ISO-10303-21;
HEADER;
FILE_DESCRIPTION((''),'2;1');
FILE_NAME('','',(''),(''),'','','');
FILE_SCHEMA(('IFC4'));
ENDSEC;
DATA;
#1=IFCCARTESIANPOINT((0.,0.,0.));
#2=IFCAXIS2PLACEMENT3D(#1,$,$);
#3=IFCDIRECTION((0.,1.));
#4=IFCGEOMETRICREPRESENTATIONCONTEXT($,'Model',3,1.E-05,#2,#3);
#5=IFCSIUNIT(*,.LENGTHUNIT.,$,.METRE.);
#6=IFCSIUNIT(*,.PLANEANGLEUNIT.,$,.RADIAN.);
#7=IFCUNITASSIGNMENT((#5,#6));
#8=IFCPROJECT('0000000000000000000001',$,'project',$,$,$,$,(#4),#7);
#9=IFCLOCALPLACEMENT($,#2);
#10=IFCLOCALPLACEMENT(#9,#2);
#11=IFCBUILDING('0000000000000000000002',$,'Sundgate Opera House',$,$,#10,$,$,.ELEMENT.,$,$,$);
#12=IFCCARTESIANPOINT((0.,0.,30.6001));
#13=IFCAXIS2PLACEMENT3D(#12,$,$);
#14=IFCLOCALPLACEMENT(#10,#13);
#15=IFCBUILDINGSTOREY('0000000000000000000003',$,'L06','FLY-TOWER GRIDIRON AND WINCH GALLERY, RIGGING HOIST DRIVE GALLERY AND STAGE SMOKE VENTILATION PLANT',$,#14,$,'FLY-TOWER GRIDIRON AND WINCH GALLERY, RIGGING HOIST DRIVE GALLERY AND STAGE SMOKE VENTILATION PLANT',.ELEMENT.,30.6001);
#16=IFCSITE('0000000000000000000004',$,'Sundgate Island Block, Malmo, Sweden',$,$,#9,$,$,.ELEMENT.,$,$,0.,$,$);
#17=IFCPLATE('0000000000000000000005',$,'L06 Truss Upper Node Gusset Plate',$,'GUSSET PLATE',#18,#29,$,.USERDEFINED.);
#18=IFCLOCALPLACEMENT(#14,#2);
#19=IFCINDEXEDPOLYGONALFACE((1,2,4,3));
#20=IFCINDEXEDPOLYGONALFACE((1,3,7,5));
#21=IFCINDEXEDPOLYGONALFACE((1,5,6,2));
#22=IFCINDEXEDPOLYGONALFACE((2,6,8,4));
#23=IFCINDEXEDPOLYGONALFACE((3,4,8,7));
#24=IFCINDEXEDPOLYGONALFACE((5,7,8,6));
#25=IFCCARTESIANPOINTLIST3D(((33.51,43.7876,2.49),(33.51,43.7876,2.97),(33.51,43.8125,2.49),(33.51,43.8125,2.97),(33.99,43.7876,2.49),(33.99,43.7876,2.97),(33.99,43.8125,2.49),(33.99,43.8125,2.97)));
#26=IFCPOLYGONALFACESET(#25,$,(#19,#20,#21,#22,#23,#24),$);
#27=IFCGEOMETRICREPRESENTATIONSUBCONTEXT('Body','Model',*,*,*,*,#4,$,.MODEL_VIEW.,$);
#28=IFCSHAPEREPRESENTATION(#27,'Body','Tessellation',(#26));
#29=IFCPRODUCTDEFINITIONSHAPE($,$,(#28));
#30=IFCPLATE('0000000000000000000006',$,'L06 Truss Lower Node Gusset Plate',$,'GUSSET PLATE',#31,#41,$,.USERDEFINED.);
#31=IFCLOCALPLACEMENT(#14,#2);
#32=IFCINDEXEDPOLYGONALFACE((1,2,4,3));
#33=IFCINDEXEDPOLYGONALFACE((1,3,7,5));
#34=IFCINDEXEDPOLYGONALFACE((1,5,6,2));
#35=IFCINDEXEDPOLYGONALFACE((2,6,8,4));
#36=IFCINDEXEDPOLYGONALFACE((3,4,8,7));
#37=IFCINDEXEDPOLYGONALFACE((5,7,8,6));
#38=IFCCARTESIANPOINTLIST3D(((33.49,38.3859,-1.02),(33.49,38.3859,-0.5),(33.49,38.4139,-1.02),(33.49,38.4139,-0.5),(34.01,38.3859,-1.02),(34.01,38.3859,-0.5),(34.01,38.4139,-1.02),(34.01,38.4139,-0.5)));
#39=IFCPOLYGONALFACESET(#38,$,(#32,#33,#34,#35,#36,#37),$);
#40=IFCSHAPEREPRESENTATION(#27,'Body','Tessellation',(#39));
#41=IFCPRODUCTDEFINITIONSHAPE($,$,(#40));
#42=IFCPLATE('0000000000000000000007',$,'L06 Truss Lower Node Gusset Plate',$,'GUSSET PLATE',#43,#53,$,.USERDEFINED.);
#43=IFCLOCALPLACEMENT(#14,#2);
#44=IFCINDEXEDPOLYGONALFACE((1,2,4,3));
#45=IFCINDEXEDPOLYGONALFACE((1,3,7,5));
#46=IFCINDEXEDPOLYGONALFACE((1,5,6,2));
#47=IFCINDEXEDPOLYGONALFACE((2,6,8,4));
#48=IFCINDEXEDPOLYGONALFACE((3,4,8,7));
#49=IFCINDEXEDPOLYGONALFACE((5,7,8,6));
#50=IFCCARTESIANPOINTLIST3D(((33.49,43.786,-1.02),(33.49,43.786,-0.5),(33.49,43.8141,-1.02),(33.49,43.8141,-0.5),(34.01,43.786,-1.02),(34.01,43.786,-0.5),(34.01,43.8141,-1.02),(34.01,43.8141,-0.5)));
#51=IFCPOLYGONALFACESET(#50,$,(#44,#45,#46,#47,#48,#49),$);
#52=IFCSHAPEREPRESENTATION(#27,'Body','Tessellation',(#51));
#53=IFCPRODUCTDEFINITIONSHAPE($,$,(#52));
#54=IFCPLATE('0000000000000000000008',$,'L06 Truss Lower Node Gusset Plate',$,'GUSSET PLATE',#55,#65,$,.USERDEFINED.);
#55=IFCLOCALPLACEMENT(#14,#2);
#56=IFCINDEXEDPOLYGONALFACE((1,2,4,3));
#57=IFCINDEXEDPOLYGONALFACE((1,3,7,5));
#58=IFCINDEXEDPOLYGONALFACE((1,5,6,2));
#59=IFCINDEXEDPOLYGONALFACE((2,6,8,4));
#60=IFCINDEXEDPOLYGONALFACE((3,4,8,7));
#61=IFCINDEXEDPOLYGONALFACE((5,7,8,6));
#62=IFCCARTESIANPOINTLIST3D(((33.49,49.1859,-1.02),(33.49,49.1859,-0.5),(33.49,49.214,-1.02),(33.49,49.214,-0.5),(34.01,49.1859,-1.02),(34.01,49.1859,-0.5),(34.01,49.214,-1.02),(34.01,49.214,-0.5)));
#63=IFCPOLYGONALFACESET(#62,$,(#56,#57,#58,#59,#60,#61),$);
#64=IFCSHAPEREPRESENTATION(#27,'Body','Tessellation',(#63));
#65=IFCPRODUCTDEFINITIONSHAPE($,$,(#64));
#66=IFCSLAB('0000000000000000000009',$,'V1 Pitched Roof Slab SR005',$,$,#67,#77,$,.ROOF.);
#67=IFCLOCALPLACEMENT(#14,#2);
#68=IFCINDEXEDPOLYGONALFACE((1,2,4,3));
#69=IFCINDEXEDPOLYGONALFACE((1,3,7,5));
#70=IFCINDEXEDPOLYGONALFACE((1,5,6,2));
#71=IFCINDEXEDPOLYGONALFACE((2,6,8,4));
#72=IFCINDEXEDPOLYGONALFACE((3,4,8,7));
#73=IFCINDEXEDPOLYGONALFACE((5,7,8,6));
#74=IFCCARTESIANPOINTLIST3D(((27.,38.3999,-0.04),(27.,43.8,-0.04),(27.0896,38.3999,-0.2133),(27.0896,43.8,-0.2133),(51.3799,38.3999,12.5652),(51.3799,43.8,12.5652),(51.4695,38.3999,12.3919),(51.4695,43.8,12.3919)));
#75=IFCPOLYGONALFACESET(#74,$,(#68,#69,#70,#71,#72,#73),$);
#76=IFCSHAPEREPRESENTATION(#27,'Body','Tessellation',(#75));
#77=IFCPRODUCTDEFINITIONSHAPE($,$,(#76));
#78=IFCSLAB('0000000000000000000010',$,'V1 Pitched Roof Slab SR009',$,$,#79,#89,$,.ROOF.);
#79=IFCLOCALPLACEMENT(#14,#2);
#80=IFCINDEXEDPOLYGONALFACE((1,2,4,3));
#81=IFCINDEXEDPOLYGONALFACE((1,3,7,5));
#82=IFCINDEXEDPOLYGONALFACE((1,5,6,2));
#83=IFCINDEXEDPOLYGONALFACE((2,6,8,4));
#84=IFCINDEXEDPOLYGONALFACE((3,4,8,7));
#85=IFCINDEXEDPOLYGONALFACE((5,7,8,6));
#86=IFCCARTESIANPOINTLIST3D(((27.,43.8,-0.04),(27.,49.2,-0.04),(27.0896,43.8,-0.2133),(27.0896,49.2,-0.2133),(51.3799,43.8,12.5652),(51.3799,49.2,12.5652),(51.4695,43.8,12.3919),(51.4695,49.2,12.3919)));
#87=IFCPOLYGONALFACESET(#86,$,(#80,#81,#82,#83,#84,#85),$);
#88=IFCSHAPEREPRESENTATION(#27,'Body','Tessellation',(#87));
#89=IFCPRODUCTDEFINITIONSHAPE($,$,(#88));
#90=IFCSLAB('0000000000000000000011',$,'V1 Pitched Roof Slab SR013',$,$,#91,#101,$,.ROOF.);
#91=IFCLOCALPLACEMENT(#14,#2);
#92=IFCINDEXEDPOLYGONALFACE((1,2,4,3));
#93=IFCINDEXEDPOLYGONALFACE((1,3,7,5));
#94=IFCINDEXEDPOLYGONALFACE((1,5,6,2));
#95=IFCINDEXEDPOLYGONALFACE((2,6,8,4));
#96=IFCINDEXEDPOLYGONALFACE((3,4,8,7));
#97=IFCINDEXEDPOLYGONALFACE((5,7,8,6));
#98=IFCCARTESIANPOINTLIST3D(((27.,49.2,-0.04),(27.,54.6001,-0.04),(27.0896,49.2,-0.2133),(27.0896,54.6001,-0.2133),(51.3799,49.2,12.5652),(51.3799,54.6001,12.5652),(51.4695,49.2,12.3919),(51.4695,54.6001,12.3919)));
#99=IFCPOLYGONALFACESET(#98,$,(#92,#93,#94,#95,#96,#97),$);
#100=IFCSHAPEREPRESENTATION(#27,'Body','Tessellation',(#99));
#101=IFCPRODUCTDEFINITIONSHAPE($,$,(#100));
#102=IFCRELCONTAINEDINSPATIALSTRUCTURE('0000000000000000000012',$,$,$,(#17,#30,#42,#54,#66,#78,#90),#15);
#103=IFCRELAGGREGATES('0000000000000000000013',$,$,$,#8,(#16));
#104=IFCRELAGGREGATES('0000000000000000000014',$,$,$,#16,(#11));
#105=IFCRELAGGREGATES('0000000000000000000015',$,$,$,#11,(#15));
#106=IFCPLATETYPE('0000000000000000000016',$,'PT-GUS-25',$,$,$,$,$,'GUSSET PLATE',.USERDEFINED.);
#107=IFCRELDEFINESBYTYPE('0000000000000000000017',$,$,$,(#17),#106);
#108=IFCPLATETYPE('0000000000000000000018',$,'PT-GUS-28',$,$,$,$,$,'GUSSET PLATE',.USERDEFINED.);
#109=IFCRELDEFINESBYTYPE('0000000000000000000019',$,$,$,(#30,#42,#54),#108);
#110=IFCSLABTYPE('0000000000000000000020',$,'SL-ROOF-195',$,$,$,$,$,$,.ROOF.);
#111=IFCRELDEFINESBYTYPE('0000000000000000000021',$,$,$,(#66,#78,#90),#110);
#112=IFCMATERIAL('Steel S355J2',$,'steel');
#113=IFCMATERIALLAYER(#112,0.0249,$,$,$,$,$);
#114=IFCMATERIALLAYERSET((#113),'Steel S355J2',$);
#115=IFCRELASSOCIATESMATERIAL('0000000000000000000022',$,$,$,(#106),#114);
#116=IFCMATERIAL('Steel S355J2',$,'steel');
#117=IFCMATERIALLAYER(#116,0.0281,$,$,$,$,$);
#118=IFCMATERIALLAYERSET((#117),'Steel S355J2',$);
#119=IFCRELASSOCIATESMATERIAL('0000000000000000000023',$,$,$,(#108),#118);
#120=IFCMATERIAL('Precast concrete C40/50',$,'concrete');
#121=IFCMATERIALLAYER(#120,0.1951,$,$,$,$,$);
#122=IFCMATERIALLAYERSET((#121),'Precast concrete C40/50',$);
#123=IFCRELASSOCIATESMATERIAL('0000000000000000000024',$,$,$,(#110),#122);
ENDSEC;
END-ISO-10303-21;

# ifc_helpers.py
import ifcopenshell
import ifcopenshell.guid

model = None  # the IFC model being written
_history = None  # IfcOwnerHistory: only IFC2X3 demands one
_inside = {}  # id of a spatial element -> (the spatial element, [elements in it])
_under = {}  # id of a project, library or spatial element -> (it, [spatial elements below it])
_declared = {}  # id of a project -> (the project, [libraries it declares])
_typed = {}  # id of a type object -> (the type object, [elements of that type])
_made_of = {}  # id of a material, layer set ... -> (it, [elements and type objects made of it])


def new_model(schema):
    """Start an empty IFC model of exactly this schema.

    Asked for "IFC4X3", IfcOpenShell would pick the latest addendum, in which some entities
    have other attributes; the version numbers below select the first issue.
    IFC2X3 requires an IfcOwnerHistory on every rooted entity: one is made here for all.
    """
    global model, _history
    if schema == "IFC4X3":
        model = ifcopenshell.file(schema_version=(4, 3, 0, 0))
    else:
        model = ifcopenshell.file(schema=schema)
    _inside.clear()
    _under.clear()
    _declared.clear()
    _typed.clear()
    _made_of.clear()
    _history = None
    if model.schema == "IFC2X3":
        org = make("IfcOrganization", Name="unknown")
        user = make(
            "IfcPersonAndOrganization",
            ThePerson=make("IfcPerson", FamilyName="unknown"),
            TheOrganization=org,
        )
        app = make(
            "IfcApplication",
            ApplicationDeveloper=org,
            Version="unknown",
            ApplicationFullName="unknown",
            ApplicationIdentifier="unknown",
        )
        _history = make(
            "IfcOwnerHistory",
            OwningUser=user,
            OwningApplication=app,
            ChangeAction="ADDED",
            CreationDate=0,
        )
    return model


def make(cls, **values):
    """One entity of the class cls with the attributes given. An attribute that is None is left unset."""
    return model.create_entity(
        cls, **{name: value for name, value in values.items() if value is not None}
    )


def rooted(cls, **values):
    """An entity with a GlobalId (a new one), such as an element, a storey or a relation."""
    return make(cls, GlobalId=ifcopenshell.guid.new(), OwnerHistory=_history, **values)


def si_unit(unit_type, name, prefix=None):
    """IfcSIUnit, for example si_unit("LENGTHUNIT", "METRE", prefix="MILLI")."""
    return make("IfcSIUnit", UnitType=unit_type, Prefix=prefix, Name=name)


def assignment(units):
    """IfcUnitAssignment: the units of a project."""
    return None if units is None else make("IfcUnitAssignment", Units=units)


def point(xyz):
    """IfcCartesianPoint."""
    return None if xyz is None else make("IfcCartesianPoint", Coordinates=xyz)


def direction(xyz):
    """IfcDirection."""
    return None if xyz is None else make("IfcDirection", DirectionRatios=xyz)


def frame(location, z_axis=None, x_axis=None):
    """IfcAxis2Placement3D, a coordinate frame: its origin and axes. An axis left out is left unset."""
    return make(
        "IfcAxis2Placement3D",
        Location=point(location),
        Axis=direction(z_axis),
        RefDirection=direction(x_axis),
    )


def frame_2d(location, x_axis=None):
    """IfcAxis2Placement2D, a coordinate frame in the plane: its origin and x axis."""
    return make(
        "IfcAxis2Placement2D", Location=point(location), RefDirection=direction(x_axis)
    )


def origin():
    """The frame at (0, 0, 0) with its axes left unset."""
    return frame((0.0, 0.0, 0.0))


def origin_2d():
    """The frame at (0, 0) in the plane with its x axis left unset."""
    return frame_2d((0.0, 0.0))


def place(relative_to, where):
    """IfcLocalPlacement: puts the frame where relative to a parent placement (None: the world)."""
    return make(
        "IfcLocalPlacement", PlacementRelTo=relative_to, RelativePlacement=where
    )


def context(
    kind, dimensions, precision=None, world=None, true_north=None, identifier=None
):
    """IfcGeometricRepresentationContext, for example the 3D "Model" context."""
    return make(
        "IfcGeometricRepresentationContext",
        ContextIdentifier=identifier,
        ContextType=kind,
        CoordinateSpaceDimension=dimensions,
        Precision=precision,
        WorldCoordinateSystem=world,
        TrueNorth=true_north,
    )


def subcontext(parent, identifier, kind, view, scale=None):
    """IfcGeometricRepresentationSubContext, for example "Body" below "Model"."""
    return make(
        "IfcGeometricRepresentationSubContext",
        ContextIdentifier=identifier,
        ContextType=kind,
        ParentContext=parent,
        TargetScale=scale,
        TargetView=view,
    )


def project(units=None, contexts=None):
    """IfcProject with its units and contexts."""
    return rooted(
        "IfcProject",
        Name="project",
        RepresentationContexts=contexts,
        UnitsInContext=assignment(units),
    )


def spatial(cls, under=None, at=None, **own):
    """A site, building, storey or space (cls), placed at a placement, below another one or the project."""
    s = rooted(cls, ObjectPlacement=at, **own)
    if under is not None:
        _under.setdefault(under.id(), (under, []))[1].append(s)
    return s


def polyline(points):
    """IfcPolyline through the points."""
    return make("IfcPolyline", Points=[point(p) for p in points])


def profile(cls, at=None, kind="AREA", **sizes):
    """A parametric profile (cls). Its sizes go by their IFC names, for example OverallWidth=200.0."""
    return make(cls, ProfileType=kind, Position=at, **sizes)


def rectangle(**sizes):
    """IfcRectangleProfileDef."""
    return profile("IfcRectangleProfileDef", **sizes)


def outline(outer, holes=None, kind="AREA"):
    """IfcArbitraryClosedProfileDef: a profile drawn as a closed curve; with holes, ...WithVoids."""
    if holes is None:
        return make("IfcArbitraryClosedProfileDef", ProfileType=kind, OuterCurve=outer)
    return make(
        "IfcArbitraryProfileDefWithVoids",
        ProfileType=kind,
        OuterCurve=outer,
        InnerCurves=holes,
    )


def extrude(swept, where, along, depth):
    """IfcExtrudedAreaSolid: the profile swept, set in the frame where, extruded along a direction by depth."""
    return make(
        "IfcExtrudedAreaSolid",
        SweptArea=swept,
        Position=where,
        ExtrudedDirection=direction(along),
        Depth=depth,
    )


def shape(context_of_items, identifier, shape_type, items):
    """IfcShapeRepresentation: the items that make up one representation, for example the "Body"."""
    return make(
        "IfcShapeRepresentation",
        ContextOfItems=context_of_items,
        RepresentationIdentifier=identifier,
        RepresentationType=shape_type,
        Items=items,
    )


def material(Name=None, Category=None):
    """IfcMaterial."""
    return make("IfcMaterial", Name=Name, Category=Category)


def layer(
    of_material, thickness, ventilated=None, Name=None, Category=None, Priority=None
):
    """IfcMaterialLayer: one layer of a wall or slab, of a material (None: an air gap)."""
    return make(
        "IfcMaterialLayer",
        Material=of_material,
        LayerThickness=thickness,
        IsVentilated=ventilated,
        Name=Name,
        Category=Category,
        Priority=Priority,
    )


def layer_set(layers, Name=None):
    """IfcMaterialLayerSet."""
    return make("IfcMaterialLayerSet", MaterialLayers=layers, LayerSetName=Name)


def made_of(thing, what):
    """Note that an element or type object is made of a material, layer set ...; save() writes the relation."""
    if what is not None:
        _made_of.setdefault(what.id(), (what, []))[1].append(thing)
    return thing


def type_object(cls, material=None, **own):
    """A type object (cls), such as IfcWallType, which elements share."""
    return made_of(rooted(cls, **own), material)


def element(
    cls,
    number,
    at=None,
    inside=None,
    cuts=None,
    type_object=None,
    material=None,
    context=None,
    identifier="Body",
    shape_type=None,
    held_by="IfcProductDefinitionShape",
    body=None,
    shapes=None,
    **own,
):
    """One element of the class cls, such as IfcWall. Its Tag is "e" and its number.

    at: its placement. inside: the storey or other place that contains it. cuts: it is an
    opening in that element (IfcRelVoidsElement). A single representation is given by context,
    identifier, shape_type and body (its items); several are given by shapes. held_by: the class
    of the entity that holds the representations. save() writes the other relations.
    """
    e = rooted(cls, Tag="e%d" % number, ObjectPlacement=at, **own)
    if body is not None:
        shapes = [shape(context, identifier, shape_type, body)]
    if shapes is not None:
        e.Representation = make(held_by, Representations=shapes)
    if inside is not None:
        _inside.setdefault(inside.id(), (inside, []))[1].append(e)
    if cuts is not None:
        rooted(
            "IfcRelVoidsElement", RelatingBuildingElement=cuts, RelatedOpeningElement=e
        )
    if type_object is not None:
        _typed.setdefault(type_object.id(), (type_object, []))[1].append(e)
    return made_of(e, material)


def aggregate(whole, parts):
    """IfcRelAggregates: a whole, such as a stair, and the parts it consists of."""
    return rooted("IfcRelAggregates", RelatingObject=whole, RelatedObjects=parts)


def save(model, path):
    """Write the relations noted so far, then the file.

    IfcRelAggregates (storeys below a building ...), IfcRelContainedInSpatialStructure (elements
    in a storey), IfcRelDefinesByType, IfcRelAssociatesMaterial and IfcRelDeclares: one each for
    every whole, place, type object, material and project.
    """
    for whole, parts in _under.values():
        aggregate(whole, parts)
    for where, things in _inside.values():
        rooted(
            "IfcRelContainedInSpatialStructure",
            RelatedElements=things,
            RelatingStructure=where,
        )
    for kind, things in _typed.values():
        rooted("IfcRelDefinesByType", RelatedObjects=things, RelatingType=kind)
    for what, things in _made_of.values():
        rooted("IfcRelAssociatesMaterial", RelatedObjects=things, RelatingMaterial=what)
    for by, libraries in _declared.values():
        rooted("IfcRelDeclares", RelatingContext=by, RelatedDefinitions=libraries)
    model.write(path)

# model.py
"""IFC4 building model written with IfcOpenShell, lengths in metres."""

from ifc_helpers import new_model, si_unit, direction, frame, origin, origin_2d, place, context, subcontext, project, spatial, polyline, rectangle, outline, extrude, material, layer, layer_set, type_object, element, save


model = new_model("IFC4")

# Units and contexts
model_context = context("Model", 3, precision=1e-05, world=origin(), true_north=direction((0.0, 1.0)))
body_context = subcontext(model_context, "Body", "Model", "MODEL_VIEW")
ifc_project = project(units=[si_unit("LENGTHUNIT", "METRE"), si_unit("PLANEANGLEUNIT", "RADIAN")], contexts=[model_context])

# Site, building, storey
site_placement = place(None, origin())
site = spatial("IfcSite", under=ifc_project, at=site_placement, Name="Sundgate Island Block, Malmo, Sweden", CompositionType="ELEMENT", RefElevation=0.0)
building_placement = place(site_placement, origin())
building = spatial("IfcBuilding", under=site, at=building_placement, Name="Sundgate Opera House", CompositionType="ELEMENT")
storey_placement = place(building_placement, frame((0.0, 0.0, 30.6001)))
storey = spatial("IfcBuildingStorey", under=building, at=storey_placement, Name="L06", Description="FLY-TOWER GRIDIRON AND WINCH GALLERY, RIGGING HOIST DRIVE GALLERY AND STAGE SMOKE VENTILATION PLANT", LongName="FLY-TOWER GRIDIRON AND WINCH GALLERY, RIGGING HOIST DRIVE GALLERY AND STAGE SMOKE VENTILATION PLANT", CompositionType="ELEMENT", Elevation=30.6001)

# Plates
ifc_material_1 = material(Name="Steel S355J2", Category="steel")
ifc_layer_1 = layer(ifc_material_1, 0.0249)
ifc_layer_set_1 = layer_set([ifc_layer_1], Name="Steel S355J2")
plate_type_1 = type_object("IfcPlateType", Name="PT-GUS-25", ElementType="GUSSET PLATE", PredefinedType="USERDEFINED", material=ifc_layer_set_1)
for number, where, z_axis, x_axis, name in (
    (1, (33.75, 43.8, 2.49), (0.0, 0.0, 1.0), (1.0, 0.0, 0.0), "L06 Truss Upper Node Gusset Plate"),
):
    element("IfcPlate", number, at=place(storey_placement, frame(where, z_axis=z_axis, x_axis=x_axis)), inside=storey, type_object=plate_type_1, Name=name, ObjectType="GUSSET PLATE", PredefinedType="USERDEFINED", context=body_context, shape_type="SweptSolid", body=[
        extrude(rectangle(XDim=0.48, YDim=0.0249, at=origin_2d()), origin(), (0.0, 0.0, 1.0), 0.48),
    ])
ifc_material_2 = material(Name="Steel S355J2", Category="steel")
ifc_layer_2 = layer(ifc_material_2, 0.0281)
ifc_layer_set_2 = layer_set([ifc_layer_2], Name="Steel S355J2")
plate_type_2 = type_object("IfcPlateType", Name="PT-GUS-28", ElementType="GUSSET PLATE", PredefinedType="USERDEFINED", material=ifc_layer_set_2)
for number, where, z_axis, x_axis, name in (
    (2, (33.75, 38.3999, -1.02), (0.0, 0.0, 1.0), (1.0, 0.0, 0.0), "L06 Truss Lower Node Gusset Plate"),
    (3, (33.75, 43.8, -1.02), (0.0, 0.0, 1.0), (1.0, 0.0, 0.0), "L06 Truss Lower Node Gusset Plate"),
    (4, (33.75, 49.2, -1.02), (0.0, 0.0, 1.0), (1.0, 0.0, 0.0), "L06 Truss Lower Node Gusset Plate"),
):
    element("IfcPlate", number, at=place(storey_placement, frame(where, z_axis=z_axis, x_axis=x_axis)), inside=storey, type_object=plate_type_2, Name=name, ObjectType="GUSSET PLATE", PredefinedType="USERDEFINED", context=body_context, shape_type="SweptSolid", body=[
        extrude(rectangle(XDim=0.52, YDim=0.0281, at=origin_2d()), origin(), (0.0, 0.0, 1.0), 0.52),
    ])

# Slabs
ifc_material_3 = material(Name="Precast concrete C40/50", Category="concrete")
ifc_layer_3 = layer(ifc_material_3, 0.1951)
ifc_layer_set_3 = layer_set([ifc_layer_3], Name="Precast concrete C40/50")
slab_type = type_object("IfcSlabType", Name="SL-ROOF-195", PredefinedType="ROOF", material=ifc_layer_set_3)
slab_1_placement = place(storey_placement, frame((27.0, 38.3999, -0.04), z_axis=(-0.459277, 0.0, 0.888293), x_axis=(0.888293, 0.0, 0.459277)))
element("IfcSlab", 5, at=slab_1_placement, inside=storey, type_object=slab_type, Name="V1 Pitched Roof Slab SR005", PredefinedType="ROOF", context=body_context, shape_type="SweptSolid", body=[
    extrude(outline(polyline([(0.0, 0.0), (27.4458, 0.0), (27.4458, 5.4001), (0.0, 5.4001), (0.0, 0.0)])), origin(), (0.0, 0.0, -1.0), 0.1951),
])
slab_2_placement = place(storey_placement, frame((27.0, 43.8, -0.04), z_axis=(-0.459277, 0.0, 0.888293), x_axis=(0.888293, 0.0, 0.459277)))
element("IfcSlab", 6, at=slab_2_placement, inside=storey, type_object=slab_type, Name="V1 Pitched Roof Slab SR009", PredefinedType="ROOF", context=body_context, shape_type="SweptSolid", body=[
    extrude(outline(polyline([(0.0, 0.0), (27.4458, 0.0), (27.4458, 5.3999), (0.0, 5.3999), (0.0, 0.0)])), origin(), (0.0, 0.0, -1.0), 0.1951),
])
slab_3_placement = place(storey_placement, frame((27.0, 49.2, -0.04), z_axis=(-0.459277, 0.0, 0.888293), x_axis=(0.888293, 0.0, 0.459277)))
element("IfcSlab", 7, at=slab_3_placement, inside=storey, type_object=slab_type, Name="V1 Pitched Roof Slab SR013", PredefinedType="ROOF", context=body_context, shape_type="SweptSolid", body=[
    extrude(outline(polyline([(0.0, 0.0), (27.4458, 0.0), (27.4458, 5.4001), (0.0, 5.4001), (0.0, 0.0)])), origin(), (0.0, 0.0, -1.0), 0.1951),
])

save(model, "model.ifc")
